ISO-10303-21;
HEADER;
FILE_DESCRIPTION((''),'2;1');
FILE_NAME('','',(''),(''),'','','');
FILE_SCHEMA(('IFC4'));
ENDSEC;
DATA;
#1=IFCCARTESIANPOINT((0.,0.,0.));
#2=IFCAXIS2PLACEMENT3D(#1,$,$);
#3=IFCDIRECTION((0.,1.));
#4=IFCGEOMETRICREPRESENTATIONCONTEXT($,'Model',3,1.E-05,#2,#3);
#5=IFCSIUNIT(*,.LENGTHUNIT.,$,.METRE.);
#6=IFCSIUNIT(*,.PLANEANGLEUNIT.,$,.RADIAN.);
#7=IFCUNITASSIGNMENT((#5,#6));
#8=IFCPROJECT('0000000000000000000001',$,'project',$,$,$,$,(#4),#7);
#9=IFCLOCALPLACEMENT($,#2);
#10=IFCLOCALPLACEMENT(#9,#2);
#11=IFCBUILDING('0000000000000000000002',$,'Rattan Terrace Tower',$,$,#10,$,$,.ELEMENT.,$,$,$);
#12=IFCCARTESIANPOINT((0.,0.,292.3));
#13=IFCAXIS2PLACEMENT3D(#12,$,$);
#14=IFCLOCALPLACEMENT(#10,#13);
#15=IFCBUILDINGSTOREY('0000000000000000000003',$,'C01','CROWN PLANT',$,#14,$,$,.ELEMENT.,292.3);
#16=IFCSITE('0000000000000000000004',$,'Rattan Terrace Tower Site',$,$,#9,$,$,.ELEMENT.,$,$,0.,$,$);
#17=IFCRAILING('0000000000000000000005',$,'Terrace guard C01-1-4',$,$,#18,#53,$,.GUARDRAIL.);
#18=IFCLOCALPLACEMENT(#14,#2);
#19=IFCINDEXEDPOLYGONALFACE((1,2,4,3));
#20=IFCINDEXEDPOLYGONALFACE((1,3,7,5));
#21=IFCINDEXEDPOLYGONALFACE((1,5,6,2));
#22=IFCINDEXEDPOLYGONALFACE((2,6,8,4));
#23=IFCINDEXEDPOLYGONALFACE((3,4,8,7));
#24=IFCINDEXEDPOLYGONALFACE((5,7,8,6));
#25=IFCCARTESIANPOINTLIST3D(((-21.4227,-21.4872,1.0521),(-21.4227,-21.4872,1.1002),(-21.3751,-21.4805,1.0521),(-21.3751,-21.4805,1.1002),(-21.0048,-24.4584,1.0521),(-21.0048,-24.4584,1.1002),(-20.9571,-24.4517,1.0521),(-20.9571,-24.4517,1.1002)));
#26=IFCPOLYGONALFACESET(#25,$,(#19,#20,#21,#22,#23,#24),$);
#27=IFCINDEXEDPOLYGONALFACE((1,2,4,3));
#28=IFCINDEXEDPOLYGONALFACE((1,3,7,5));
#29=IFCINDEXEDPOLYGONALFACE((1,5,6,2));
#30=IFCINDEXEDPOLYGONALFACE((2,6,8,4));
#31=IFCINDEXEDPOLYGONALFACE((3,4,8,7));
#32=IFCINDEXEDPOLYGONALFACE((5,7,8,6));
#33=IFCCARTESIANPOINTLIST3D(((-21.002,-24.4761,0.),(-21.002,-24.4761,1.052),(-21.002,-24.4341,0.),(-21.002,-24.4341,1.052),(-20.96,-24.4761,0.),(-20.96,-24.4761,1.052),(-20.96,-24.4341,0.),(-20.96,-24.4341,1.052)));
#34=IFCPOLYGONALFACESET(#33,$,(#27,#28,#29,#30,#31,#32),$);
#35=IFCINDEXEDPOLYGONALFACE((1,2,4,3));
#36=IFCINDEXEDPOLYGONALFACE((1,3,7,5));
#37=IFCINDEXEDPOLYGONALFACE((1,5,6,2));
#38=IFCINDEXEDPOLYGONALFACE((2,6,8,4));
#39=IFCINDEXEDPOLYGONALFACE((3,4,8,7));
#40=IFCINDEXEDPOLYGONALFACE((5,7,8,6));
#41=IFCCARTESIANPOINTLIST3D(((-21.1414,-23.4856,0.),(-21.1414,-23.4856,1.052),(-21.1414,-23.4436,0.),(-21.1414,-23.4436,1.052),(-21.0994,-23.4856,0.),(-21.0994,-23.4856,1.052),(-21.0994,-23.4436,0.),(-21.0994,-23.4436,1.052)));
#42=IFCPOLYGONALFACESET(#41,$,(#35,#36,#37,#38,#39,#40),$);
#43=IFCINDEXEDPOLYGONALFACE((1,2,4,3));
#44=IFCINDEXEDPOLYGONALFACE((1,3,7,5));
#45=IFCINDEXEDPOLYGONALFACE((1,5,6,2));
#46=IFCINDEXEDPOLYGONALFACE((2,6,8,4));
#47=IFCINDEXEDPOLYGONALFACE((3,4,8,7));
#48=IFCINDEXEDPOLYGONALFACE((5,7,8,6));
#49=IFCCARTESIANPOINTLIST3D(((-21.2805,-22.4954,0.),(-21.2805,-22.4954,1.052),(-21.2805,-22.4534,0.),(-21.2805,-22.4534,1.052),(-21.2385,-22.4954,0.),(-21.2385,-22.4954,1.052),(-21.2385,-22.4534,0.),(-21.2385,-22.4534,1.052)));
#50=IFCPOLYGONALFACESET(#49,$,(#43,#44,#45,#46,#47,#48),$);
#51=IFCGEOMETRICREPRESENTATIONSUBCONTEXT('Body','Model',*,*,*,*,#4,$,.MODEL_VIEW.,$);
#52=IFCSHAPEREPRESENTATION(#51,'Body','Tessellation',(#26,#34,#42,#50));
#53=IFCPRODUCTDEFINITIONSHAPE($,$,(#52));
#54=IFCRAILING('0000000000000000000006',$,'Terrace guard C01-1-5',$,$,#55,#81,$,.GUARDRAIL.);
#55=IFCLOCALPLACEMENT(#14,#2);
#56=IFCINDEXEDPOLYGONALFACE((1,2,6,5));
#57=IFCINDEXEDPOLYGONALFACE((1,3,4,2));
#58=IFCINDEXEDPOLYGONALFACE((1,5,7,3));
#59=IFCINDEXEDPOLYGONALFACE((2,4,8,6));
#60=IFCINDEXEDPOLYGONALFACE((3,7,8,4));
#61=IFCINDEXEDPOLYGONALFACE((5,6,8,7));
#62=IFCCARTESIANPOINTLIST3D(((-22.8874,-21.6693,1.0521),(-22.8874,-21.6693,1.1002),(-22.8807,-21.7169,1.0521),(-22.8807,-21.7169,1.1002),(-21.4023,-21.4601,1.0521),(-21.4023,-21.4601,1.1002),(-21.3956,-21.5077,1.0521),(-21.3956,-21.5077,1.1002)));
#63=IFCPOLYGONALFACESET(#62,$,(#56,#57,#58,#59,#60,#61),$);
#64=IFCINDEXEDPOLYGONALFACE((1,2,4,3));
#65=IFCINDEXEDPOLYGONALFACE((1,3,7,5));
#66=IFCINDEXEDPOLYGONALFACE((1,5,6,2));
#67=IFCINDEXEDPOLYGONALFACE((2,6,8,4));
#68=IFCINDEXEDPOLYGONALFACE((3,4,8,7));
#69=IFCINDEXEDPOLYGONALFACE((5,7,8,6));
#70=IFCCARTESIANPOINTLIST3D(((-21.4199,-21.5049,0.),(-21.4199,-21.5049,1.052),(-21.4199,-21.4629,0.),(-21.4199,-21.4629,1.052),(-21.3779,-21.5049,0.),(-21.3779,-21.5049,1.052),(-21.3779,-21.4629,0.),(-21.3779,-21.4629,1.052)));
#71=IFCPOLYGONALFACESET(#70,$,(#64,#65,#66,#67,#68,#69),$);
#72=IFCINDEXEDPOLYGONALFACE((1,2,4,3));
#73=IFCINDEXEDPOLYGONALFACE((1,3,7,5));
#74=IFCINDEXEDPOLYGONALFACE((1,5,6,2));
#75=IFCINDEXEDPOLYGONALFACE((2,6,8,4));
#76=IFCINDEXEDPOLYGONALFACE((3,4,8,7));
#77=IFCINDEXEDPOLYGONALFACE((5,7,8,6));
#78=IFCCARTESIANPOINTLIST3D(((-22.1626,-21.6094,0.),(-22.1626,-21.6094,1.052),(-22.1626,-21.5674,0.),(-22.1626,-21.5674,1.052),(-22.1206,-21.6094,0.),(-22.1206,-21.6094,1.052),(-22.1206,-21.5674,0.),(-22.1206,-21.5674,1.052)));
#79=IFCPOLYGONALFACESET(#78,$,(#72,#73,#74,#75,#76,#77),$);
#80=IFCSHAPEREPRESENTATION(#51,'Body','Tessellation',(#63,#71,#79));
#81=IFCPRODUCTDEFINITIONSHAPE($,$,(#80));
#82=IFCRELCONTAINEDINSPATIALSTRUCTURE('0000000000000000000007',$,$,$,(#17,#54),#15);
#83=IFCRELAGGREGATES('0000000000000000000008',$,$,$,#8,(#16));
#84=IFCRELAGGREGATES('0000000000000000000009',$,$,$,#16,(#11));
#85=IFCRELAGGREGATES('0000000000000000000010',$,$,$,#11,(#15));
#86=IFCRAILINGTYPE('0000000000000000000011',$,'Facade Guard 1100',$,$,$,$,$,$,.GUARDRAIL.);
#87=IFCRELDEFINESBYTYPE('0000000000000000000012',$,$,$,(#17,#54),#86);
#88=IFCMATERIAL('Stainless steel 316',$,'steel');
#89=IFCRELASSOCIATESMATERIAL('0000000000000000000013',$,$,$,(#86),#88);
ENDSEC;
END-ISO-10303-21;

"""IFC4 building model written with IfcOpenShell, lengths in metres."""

from ifc_helpers import new_model, si_unit, direction, frame, origin, origin_2d, place, context, subcontext, project, spatial, rectangle, extrude, material, type_object, element, save


model = new_model("IFC4")

# Units and contexts
model_context = context("Model", 3, precision=1e-05, world=origin(), true_north=direction((0.0, 1.0)))
body_context = subcontext(model_context, "Body", "Model", "MODEL_VIEW")
ifc_project = project(units=[si_unit("LENGTHUNIT", "METRE"), si_unit("PLANEANGLEUNIT", "RADIAN")], contexts=[model_context])

# Site, building, storey
site_placement = place(None, origin())
site = spatial("IfcSite", under=ifc_project, at=site_placement, Name="Rattan Terrace Tower Site", CompositionType="ELEMENT", RefElevation=0.0)
building_placement = place(site_placement, origin())
building = spatial("IfcBuilding", under=site, at=building_placement, Name="Rattan Terrace Tower", CompositionType="ELEMENT")
storey_placement = place(building_placement, frame((0.0, 0.0, 292.3)))
storey = spatial("IfcBuildingStorey", under=building, at=storey_placement, Name="C01", Description="CROWN PLANT", CompositionType="ELEMENT", Elevation=292.3)

# Railings
ifc_material_1 = material(Name="Stainless steel 316", Category="steel")
railing_type = type_object("IfcRailingType", Name="Facade Guard 1100", PredefinedType="GUARDRAIL", material=ifc_material_1)
railing_1_placement = place(storey_placement, frame((-20.981, -24.4551, 0.0)))
element("IfcRailing", 1, at=railing_1_placement, inside=storey, type_object=railing_type, Name="Terrace guard C01-1-4", PredefinedType="GUARDRAIL", context=body_context, shape_type="SweptSolid", body=[
    extrude(rectangle(XDim=0.0481, YDim=0.0481, at=origin_2d()), frame((0.0, 0.0, 1.0762), z_axis=(-0.139302, 0.99025, 0.0), x_axis=(-0.99025, -0.139302, 0.0)), (0.0, 0.0, 1.0), 3.0005),
    extrude(rectangle(XDim=0.042, YDim=0.042, at=origin_2d()), origin(), (0.0, 0.0, 1.0), 1.052),
    extrude(rectangle(XDim=0.042, YDim=0.042, at=origin_2d()), frame((-0.1394, 0.9905, 0.0)), (0.0, 0.0, 1.0), 1.052),
    extrude(rectangle(XDim=0.042, YDim=0.042, at=origin_2d()), frame((-0.2786, 1.9807, 0.0)), (0.0, 0.0, 1.0), 1.052),
])
railing_2_placement = place(storey_placement, frame((-21.3989, -21.4839, 0.0)))
element("IfcRailing", 2, at=railing_2_placement, inside=storey, type_object=railing_type, Name="Terrace guard C01-1-5", PredefinedType="GUARDRAIL", context=body_context, shape_type="SweptSolid", body=[
    extrude(rectangle(XDim=0.0481, YDim=0.0481, at=origin_2d()), frame((0.0, 0.0, 1.0762), z_axis=(-0.990221, -0.139507, 0.0), x_axis=(0.139507, -0.990221, 0.0)), (0.0, 0.0, 1.0), 1.4998),
    extrude(rectangle(XDim=0.042, YDim=0.042, at=origin_2d()), origin(), (0.0, 0.0, 1.0), 1.052),
    extrude(rectangle(XDim=0.042, YDim=0.042, at=origin_2d()), frame((-0.7427, -0.1045, 0.0)), (0.0, 0.0, 1.0), 1.052),
])

save(model, "model.ifc")
